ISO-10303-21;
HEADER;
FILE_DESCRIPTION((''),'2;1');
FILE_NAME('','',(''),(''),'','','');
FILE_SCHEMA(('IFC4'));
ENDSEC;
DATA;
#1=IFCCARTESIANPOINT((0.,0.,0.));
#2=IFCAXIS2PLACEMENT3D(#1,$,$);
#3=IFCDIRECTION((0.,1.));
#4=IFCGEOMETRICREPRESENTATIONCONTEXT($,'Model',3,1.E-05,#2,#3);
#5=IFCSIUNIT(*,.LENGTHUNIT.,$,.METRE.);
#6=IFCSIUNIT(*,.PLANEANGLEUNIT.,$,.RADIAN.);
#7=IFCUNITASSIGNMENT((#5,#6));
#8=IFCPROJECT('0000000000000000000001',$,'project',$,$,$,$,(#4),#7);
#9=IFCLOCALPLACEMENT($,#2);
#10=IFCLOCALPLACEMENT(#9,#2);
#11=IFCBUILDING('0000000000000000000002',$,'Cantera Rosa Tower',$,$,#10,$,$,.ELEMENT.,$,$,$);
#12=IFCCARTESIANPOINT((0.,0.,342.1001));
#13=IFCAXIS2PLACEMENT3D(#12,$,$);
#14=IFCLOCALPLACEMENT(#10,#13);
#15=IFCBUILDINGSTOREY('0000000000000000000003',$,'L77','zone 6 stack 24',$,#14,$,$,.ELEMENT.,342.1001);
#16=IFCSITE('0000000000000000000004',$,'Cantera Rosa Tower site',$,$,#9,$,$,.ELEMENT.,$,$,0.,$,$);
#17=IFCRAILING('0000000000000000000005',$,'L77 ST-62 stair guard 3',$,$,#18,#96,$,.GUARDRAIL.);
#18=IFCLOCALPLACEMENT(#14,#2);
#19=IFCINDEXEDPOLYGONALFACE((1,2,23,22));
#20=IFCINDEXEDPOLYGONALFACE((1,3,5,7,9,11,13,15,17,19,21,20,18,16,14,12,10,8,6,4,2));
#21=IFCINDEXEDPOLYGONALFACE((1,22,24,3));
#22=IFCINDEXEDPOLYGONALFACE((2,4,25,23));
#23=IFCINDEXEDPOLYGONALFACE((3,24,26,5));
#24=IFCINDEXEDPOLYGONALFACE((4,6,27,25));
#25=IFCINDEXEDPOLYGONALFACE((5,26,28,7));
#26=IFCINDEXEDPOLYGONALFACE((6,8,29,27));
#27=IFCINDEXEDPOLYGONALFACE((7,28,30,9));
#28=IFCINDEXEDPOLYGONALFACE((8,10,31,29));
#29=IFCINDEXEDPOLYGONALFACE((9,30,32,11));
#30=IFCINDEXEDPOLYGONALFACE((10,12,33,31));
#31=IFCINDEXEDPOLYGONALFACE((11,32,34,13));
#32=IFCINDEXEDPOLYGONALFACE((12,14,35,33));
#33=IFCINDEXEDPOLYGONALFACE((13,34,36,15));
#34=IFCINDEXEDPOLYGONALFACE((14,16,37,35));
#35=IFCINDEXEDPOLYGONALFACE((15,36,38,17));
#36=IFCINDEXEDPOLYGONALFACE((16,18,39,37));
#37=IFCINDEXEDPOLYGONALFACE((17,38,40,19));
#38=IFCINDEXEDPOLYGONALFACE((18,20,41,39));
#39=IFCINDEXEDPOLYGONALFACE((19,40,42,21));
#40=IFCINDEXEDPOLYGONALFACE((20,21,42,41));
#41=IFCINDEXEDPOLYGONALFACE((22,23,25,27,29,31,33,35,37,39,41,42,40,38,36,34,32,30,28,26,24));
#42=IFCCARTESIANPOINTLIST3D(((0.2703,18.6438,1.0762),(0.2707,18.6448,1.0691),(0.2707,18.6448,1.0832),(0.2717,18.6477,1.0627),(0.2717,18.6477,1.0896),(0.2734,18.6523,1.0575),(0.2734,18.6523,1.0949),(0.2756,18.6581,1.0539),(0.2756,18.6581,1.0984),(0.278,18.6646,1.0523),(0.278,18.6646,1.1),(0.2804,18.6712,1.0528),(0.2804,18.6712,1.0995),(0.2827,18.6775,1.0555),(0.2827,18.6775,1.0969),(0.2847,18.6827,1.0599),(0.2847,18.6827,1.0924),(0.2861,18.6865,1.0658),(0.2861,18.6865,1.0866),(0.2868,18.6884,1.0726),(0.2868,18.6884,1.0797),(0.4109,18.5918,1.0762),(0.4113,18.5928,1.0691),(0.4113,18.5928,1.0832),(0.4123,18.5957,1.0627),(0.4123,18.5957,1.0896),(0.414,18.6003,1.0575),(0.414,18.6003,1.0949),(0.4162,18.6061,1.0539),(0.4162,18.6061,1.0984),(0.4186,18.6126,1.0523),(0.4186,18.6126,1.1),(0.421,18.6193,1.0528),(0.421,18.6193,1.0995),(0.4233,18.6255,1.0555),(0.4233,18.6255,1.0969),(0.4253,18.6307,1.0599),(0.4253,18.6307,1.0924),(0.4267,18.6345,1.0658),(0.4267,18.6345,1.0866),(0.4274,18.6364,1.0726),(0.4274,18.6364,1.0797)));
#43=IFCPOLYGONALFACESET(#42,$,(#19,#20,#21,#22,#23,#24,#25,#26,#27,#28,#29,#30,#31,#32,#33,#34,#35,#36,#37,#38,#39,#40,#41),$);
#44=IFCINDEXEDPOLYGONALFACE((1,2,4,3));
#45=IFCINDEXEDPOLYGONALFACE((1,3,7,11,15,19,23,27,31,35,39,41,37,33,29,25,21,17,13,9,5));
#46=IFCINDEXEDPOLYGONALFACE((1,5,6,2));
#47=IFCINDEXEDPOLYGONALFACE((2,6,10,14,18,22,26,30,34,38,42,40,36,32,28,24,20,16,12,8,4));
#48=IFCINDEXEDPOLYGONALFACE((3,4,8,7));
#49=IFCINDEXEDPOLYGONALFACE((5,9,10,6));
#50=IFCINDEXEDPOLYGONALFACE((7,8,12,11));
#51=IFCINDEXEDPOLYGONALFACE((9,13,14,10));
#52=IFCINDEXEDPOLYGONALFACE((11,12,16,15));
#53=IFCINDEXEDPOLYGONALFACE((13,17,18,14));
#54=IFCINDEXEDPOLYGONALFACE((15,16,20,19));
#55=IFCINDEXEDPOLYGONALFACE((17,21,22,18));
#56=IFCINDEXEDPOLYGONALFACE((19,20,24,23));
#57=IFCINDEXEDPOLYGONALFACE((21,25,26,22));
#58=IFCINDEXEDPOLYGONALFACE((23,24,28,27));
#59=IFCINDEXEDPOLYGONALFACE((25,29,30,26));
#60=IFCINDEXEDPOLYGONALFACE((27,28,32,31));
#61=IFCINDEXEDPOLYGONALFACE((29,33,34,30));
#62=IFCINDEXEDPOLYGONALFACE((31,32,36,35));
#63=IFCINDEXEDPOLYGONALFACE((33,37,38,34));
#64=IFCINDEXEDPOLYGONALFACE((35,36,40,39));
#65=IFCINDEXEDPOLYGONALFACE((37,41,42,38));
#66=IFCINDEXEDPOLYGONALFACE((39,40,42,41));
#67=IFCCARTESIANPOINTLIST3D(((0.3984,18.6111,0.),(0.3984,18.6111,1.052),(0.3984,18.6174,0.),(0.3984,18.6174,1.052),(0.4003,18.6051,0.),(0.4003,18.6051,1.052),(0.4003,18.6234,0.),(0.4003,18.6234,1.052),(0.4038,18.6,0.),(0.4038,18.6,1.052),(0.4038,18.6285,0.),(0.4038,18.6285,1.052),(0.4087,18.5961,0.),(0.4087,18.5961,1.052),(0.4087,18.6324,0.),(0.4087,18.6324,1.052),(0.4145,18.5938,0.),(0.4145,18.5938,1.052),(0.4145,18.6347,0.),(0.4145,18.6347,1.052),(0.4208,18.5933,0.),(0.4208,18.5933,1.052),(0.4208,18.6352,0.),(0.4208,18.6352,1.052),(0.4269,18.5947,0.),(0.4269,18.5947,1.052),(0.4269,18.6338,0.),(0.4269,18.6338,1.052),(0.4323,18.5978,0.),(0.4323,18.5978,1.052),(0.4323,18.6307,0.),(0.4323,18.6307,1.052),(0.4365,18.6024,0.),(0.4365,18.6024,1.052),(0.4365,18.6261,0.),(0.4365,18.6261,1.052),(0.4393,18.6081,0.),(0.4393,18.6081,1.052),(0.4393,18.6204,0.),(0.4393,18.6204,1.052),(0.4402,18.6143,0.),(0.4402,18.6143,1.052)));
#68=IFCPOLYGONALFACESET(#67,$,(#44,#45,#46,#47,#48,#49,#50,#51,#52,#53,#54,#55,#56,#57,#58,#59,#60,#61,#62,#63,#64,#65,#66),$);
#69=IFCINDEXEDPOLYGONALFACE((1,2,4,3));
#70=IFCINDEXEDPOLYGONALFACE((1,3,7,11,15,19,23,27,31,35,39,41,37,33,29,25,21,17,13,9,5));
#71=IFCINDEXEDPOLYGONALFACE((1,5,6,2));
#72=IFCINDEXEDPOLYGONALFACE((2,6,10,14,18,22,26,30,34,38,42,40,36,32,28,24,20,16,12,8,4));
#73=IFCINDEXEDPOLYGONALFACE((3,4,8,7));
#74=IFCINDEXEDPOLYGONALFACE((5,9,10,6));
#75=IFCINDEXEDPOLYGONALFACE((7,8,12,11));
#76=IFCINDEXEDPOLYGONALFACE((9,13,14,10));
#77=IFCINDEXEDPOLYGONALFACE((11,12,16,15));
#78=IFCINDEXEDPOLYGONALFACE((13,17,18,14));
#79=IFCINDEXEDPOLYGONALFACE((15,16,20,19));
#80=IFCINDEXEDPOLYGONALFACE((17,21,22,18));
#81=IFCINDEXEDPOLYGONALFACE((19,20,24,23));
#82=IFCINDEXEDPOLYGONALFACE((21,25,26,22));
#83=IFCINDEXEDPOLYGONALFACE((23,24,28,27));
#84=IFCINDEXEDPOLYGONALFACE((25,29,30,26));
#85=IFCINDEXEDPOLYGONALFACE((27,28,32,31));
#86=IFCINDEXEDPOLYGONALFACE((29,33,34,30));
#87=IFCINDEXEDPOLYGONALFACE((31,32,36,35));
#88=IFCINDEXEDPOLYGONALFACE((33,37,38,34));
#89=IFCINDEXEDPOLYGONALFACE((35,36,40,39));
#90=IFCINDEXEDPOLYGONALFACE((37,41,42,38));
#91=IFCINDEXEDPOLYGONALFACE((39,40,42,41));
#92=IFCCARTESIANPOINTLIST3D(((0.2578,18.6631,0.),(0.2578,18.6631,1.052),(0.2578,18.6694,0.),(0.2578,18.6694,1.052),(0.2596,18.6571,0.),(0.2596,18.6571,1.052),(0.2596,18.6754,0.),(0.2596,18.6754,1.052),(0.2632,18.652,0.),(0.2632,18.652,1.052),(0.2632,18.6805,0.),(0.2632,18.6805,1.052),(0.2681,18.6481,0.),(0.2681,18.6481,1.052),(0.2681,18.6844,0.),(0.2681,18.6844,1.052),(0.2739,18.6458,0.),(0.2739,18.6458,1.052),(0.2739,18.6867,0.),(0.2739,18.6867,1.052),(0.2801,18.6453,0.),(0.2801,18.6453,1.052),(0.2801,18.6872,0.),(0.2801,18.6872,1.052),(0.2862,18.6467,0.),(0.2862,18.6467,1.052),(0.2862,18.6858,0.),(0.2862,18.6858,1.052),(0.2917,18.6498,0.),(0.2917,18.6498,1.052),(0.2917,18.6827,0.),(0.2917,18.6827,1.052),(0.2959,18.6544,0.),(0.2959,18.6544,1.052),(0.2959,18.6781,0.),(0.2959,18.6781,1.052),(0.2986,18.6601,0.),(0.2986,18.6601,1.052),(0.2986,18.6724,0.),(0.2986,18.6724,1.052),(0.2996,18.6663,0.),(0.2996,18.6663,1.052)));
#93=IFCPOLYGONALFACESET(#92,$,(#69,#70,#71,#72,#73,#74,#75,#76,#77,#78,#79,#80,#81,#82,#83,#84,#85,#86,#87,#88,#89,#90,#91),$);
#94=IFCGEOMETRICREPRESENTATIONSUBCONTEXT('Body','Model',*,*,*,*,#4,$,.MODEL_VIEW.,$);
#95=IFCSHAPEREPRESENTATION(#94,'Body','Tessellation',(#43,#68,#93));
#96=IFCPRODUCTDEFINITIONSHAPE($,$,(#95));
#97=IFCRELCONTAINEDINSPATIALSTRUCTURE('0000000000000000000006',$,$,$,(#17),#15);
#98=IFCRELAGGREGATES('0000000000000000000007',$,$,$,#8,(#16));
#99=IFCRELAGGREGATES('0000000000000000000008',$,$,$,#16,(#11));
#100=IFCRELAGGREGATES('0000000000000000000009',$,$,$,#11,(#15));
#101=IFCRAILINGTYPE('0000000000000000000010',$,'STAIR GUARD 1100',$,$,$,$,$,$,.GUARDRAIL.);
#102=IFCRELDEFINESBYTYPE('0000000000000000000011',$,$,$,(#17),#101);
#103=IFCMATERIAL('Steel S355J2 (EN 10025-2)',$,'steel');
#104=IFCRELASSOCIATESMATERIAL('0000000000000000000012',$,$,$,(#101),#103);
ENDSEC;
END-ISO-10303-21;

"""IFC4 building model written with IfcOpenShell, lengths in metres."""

from ifc_helpers import new_model, si_unit, direction, frame, origin, origin_2d, place, context, subcontext, project, spatial, circle, extrude, material, type_object, element, save


model = new_model("IFC4")

# Units and contexts
model_context = context("Model", 3, precision=1e-05, world=origin(), true_north=direction((0.0, 1.0)))
body_context = subcontext(model_context, "Body", "Model", "MODEL_VIEW")
ifc_project = project(units=[si_unit("LENGTHUNIT", "METRE"), si_unit("PLANEANGLEUNIT", "RADIAN")], contexts=[model_context])

# Site, building, storey
site_placement = place(None, origin())
site = spatial("IfcSite", under=ifc_project, at=site_placement, Name="Cantera Rosa Tower site", CompositionType="ELEMENT", RefElevation=0.0)
building_placement = place(site_placement, origin())
building = spatial("IfcBuilding", under=site, at=building_placement, Name="Cantera Rosa Tower", CompositionType="ELEMENT")
storey_placement = place(building_placement, frame((0.0, 0.0, 342.1001)))
storey = spatial("IfcBuildingStorey", under=building, at=storey_placement, Name="L77", Description="zone 6 stack 24", CompositionType="ELEMENT", Elevation=342.1001)

# Railing
ifc_material_1 = material(Name="Steel S355J2 (EN 10025-2)", Category="steel")
railing_type_1 = type_object("IfcRailingType", Name="STAIR GUARD 1100", PredefinedType="GUARDRAIL", material=ifc_material_1)
railing_1_placement = place(storey_placement, frame((0.4192, 18.6143, 0.0)))
element("IfcRailing", 1, at=railing_1_placement, inside=storey, type_object=railing_type_1, Name="L77 ST-62 stair guard 3", PredefinedType="GUARDRAIL", context=body_context, shape_type="SweptSolid", body=[
    extrude(circle(Radius=0.0239, at=origin_2d()), frame((0.0, 0.0, 1.0762), z_axis=(-0.937925, 0.346837, 0.0), x_axis=(-0.346837, -0.937925, 0.0)), (0.0, 0.0, 1.0), 0.1499),
    extrude(circle(Radius=0.021, at=origin_2d()), origin(), (0.0, 0.0, 1.0), 1.052),
    extrude(circle(Radius=0.021, at=origin_2d()), frame((-0.1406, 0.052, 0.0)), (0.0, 0.0, 1.0), 1.052),
])

save(model, "model.ifc")
